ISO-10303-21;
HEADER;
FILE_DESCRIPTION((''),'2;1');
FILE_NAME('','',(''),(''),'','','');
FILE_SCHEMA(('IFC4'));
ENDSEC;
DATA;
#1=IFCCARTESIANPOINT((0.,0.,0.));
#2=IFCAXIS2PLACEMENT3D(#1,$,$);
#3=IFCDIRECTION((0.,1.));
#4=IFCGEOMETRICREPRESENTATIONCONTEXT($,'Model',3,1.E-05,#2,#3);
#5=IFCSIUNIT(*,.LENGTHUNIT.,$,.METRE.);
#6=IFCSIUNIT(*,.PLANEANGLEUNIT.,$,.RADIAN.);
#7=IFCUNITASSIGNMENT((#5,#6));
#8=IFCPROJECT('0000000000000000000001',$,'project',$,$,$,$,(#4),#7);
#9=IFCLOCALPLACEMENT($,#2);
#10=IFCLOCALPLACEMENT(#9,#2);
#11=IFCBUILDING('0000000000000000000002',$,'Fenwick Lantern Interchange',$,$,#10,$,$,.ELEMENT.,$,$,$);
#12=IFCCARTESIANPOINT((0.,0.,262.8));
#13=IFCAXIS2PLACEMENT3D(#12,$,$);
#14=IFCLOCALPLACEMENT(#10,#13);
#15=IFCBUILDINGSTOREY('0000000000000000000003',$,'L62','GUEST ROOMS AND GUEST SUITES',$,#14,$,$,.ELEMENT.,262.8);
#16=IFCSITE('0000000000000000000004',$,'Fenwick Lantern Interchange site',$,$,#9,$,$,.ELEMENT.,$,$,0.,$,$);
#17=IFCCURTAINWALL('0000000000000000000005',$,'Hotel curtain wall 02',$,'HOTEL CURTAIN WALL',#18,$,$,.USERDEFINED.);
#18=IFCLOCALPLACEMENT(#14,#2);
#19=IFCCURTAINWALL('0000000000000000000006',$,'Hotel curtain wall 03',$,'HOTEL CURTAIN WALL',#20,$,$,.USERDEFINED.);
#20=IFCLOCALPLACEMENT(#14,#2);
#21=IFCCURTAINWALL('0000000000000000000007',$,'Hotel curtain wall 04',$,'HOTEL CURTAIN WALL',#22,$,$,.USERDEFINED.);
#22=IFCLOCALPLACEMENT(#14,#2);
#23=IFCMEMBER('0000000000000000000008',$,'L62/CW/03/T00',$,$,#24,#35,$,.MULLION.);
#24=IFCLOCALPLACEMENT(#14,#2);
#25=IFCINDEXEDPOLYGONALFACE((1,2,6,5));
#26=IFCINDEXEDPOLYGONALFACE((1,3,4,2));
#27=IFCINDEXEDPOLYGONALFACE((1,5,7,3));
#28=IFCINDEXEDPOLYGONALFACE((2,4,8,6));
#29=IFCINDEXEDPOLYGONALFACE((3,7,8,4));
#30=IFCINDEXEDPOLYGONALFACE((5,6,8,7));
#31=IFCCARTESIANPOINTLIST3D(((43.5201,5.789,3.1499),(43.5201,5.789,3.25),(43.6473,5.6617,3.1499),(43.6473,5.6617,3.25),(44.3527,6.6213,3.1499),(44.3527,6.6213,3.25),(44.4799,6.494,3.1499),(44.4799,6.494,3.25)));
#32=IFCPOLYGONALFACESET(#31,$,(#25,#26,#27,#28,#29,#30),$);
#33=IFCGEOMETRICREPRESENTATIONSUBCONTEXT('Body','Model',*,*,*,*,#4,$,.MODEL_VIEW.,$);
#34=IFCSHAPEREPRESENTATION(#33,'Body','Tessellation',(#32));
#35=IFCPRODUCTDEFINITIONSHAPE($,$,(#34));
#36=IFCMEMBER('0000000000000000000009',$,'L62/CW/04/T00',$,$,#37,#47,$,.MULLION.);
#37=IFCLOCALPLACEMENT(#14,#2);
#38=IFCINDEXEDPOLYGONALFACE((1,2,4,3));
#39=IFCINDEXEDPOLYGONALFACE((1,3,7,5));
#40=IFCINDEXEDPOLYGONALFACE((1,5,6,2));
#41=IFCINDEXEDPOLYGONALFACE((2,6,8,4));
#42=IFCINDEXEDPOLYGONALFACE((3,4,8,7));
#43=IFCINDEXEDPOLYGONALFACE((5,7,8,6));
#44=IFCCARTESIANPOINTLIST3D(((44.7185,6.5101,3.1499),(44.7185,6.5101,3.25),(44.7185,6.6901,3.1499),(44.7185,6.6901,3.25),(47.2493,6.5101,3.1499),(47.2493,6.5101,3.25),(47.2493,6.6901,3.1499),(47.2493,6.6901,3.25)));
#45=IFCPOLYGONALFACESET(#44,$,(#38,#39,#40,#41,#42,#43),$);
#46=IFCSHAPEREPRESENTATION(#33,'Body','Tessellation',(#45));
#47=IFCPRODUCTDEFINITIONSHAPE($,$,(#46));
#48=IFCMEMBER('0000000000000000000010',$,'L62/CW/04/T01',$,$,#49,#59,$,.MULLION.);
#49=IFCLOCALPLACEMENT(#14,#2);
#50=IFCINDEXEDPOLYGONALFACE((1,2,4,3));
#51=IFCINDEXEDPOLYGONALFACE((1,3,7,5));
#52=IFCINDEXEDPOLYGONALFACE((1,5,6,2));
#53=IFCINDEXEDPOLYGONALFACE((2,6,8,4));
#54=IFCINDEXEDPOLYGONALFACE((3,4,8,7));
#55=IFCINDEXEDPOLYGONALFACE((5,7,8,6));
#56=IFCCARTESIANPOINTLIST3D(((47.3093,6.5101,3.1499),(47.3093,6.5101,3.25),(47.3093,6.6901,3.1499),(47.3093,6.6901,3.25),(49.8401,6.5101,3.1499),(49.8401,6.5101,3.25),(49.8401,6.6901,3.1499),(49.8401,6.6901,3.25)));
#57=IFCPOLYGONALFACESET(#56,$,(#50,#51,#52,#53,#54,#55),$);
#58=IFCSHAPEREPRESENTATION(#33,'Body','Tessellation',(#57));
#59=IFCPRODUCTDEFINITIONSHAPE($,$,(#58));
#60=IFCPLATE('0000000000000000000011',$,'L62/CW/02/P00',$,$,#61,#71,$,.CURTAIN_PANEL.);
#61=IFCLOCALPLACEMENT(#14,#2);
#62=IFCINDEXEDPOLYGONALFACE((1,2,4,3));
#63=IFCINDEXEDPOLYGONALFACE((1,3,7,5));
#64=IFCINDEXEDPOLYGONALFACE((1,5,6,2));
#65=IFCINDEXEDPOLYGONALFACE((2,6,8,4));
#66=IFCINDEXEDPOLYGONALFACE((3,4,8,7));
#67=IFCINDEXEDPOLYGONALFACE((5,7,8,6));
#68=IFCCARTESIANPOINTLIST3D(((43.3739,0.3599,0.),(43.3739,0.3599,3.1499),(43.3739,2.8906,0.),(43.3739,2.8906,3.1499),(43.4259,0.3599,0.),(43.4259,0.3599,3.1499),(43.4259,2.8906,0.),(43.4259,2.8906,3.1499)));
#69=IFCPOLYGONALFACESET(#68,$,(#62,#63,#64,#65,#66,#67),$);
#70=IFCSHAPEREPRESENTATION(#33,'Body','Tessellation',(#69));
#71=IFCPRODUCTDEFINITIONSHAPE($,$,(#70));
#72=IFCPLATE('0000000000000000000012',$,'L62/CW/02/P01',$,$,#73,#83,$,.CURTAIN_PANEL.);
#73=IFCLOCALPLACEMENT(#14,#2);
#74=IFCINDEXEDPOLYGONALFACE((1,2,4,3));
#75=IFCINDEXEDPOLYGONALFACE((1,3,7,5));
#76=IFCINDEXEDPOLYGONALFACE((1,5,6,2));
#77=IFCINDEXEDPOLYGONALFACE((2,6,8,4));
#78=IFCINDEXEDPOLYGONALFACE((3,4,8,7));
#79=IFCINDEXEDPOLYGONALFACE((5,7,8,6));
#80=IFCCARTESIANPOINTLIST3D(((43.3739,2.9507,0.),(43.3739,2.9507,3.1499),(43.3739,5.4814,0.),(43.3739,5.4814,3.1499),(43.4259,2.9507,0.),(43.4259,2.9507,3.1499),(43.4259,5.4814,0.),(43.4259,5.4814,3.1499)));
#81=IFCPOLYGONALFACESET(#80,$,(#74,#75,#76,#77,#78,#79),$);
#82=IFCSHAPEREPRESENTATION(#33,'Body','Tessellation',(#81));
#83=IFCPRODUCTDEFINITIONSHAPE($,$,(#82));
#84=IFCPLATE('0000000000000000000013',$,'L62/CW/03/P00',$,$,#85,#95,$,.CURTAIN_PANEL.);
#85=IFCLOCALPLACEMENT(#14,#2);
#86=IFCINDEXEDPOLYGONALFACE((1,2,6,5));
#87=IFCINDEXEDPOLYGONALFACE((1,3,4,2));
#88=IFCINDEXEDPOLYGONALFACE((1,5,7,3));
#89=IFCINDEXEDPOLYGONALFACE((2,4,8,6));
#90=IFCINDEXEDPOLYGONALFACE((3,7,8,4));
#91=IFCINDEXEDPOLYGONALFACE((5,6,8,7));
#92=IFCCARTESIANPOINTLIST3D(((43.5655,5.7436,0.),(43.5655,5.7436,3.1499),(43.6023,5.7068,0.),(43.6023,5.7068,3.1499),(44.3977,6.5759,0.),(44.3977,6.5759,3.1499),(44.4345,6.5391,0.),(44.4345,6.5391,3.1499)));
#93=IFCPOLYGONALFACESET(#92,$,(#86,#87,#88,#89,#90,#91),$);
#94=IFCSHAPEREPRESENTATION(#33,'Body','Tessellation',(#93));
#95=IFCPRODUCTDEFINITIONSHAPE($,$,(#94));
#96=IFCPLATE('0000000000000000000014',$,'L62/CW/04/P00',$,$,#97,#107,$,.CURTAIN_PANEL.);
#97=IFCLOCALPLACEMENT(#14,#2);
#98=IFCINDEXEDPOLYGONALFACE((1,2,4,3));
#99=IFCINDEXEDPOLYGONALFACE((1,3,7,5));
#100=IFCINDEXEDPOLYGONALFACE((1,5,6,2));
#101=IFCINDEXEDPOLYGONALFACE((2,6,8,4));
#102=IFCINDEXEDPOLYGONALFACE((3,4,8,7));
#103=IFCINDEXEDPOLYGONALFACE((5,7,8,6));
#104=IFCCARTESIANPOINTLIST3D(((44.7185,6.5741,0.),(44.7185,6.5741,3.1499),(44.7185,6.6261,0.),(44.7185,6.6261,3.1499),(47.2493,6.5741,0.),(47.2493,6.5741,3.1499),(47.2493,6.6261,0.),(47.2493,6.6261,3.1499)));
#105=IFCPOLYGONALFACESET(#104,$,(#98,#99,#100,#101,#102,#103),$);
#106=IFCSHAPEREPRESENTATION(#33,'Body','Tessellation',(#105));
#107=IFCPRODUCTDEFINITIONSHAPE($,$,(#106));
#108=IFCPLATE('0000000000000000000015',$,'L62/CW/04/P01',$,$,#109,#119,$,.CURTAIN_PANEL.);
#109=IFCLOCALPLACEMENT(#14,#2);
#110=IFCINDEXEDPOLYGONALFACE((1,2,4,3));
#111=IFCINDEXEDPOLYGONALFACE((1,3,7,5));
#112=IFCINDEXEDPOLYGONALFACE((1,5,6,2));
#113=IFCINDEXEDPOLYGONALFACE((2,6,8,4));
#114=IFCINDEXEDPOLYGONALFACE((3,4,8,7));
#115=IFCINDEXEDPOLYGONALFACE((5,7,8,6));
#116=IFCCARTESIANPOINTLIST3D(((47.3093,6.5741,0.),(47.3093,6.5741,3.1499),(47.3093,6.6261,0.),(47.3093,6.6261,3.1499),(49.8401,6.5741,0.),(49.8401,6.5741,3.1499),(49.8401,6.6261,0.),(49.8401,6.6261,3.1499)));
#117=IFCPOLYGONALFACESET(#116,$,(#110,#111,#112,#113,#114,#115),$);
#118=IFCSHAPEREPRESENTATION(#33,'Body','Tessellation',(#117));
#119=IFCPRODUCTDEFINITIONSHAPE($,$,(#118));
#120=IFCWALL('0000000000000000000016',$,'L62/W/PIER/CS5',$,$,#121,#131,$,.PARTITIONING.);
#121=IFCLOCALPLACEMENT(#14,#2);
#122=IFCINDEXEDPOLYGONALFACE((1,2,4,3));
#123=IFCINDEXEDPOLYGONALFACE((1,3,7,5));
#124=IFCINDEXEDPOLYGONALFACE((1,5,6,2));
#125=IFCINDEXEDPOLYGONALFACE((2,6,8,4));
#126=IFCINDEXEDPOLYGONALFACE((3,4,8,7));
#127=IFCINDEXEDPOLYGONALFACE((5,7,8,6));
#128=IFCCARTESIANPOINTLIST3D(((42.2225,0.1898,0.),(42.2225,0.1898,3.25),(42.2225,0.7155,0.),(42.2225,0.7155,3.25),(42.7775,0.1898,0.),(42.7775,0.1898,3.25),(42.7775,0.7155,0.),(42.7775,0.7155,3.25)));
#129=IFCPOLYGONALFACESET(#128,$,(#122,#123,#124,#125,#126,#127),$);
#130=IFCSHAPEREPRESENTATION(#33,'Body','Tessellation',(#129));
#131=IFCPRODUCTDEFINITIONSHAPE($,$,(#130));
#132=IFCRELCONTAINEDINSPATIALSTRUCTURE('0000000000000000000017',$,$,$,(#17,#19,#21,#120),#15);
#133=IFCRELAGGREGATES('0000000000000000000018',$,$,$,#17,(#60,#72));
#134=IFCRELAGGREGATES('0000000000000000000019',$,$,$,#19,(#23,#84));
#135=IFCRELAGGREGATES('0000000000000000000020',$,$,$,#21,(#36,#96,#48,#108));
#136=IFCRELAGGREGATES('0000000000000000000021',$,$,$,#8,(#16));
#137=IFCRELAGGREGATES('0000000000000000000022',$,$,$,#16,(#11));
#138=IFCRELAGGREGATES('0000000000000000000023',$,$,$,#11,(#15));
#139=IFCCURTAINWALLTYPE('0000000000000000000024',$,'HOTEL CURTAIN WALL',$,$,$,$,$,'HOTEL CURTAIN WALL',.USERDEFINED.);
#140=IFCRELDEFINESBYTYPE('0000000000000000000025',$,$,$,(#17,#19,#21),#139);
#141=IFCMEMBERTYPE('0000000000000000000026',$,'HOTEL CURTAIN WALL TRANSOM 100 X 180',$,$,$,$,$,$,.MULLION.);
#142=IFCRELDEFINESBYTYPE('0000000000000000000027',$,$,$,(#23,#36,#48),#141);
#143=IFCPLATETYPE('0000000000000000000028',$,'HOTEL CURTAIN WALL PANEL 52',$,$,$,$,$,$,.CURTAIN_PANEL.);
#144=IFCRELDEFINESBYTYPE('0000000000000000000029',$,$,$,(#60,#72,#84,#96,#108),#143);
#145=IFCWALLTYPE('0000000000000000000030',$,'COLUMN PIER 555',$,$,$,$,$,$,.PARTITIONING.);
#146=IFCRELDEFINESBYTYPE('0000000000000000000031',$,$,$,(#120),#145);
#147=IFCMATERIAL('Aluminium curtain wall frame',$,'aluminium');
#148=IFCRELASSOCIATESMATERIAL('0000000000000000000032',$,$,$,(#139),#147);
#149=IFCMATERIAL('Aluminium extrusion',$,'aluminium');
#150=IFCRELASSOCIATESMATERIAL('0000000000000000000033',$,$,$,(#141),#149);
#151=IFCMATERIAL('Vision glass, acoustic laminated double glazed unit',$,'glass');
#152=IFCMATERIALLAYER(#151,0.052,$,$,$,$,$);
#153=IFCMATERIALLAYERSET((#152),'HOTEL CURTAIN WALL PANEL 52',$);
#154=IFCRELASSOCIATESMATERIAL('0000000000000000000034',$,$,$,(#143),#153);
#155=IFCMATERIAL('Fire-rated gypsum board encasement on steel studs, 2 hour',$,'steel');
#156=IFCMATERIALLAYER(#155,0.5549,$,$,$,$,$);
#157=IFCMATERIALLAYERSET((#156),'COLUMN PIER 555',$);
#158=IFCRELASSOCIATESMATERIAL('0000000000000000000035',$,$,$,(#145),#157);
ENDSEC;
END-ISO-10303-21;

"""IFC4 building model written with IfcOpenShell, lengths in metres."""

from ifc_helpers import new_model, si_unit, direction, frame, frame_2d, origin, origin_2d, place, context, subcontext, project, spatial, rectangle, extrude, material, layer, layer_set, material_profile, profile_set, type_object, element, aggregate, save


model = new_model("IFC4")

# Units and contexts
model_context = context("Model", 3, precision=1e-05, world=origin(), true_north=direction((0.0, 1.0)))
body_context = subcontext(model_context, "Body", "Model", "MODEL_VIEW")
ifc_project = project(units=[si_unit("LENGTHUNIT", "METRE"), si_unit("PLANEANGLEUNIT", "RADIAN")], contexts=[model_context])

# Site, building, storey
site_placement = place(None, origin())
site = spatial("IfcSite", under=ifc_project, at=site_placement, Name="Fenwick Lantern Interchange site", CompositionType="ELEMENT", RefElevation=0.0)
building_placement = place(site_placement, origin())
building = spatial("IfcBuilding", under=site, at=building_placement, Name="Fenwick Lantern Interchange", CompositionType="ELEMENT")
storey_placement = place(building_placement, frame((0.0, 0.0, 262.8)))
storey = spatial("IfcBuildingStorey", under=building, at=storey_placement, Name="L62", Description="GUEST ROOMS AND GUEST SUITES", CompositionType="ELEMENT", Elevation=262.8)

# Shared definitions
ifc_material_1 = material(Name="Aluminium curtain wall frame", Category="aluminium")
curtain_wall_type = type_object("IfcCurtainWallType", Name="HOTEL CURTAIN WALL", ElementType="HOTEL CURTAIN WALL", PredefinedType="USERDEFINED", material=ifc_material_1)
ifc_material_2 = material(Name="Aluminium extrusion", Category="aluminium")

# Curtain walls
curtain_wall_1_placement = place(storey_placement, origin())
curtain_wall_1 = element("IfcCurtainWall", 1, at=curtain_wall_1_placement, inside=storey, type_object=curtain_wall_type, Name="Hotel curtain wall 02", ObjectType="HOTEL CURTAIN WALL", PredefinedType="USERDEFINED")
curtain_wall_2_placement = place(storey_placement, origin())
curtain_wall_2 = element("IfcCurtainWall", 2, at=curtain_wall_2_placement, inside=storey, type_object=curtain_wall_type, Name="Hotel curtain wall 03", ObjectType="HOTEL CURTAIN WALL", PredefinedType="USERDEFINED")
curtain_wall_3_placement = place(storey_placement, origin())
curtain_wall_3 = element("IfcCurtainWall", 3, at=curtain_wall_3_placement, inside=storey, type_object=curtain_wall_type, Name="Hotel curtain wall 04", ObjectType="HOTEL CURTAIN WALL", PredefinedType="USERDEFINED")

# Members
ifc_material_profile_1 = material_profile(ifc_material_2, rectangle(XDim=0.1799, YDim=0.1001, at=origin_2d()), Name="HOTEL CURTAIN WALL TRANSOM 100 X 180")
ifc_profile_set_1 = profile_set([ifc_material_profile_1], Name="Aluminium extrusion")
member_type_1 = type_object("IfcMemberType", Name="HOTEL CURTAIN WALL TRANSOM 100 X 180", PredefinedType="MULLION", material=ifc_profile_set_1)
member_1_placement = place(storey_placement, frame((43.5837, 5.7253, 3.2), z_axis=(0.70721, 0.707003, 0.0), x_axis=(-0.707003, 0.70721, 0.0)))
member_1 = element("IfcMember", 4, at=member_1_placement, type_object=member_type_1, Name="L62/CW/03/T00", PredefinedType="MULLION", context=body_context, shape_type="SweptSolid", body=[
    extrude(rectangle(XDim=0.1799, YDim=0.1001, at=origin_2d()), origin(), (0.0, 0.0, 1.0), 1.1772),
])
member_2_placement = place(storey_placement, frame((44.7185, 6.6001, 3.2), z_axis=(1.0, 0.0, 0.0), x_axis=(0.0, 1.0, 0.0)))
member_2 = element("IfcMember", 5, at=member_2_placement, type_object=member_type_1, Name="L62/CW/04/T00", PredefinedType="MULLION", context=body_context, shape_type="SweptSolid", body=[
    extrude(rectangle(XDim=0.1799, YDim=0.1001, at=origin_2d()), origin(), (0.0, 0.0, 1.0), 2.5308),
])
member_3_placement = place(storey_placement, frame((47.3093, 6.6001, 3.2), z_axis=(1.0, 0.0, 0.0), x_axis=(0.0, 1.0, 0.0)))
member_3 = element("IfcMember", 6, at=member_3_placement, type_object=member_type_1, Name="L62/CW/04/T01", PredefinedType="MULLION", context=body_context, shape_type="SweptSolid", body=[
    extrude(rectangle(XDim=0.1799, YDim=0.1001, at=origin_2d()), origin(), (0.0, 0.0, 1.0), 2.5308),
])

# Plates
ifc_material_3 = material(Name="Vision glass, acoustic laminated double glazed unit", Category="glass")
ifc_layer_1 = layer(ifc_material_3, 0.052)
ifc_layer_set_1 = layer_set([ifc_layer_1], Name="HOTEL CURTAIN WALL PANEL 52")
plate_type = type_object("IfcPlateType", Name="HOTEL CURTAIN WALL PANEL 52", PredefinedType="CURTAIN_PANEL", material=ifc_layer_set_1)
plate_1_placement = place(storey_placement, frame((43.3999, 1.6252, 0.0), z_axis=(0.0, 0.0, 1.0), x_axis=(0.0, 1.0, 0.0)))
plate_1 = element("IfcPlate", 7, at=plate_1_placement, type_object=plate_type, Name="L62/CW/02/P00", PredefinedType="CURTAIN_PANEL", context=body_context, shape_type="SweptSolid", body=[
    extrude(rectangle(XDim=2.5308, YDim=0.052, at=origin_2d()), origin(), (0.0, 0.0, 1.0), 3.1499),
])
plate_2_placement = place(storey_placement, frame((43.3999, 4.2161, 0.0), z_axis=(0.0, 0.0, 1.0), x_axis=(0.0, 1.0, 0.0)))
plate_2 = element("IfcPlate", 8, at=plate_2_placement, type_object=plate_type, Name="L62/CW/02/P01", PredefinedType="CURTAIN_PANEL", context=body_context, shape_type="SweptSolid", body=[
    extrude(rectangle(XDim=2.5308, YDim=0.052, at=origin_2d()), origin(), (0.0, 0.0, 1.0), 3.1499),
])
aggregate(curtain_wall_1, [plate_1, plate_2])
plate_3_placement = place(storey_placement, frame((44.0, 6.1414, 0.0), z_axis=(0.0, 0.0, 1.0), x_axis=(0.707107, 0.707107, 0.0)))
plate_3 = element("IfcPlate", 9, at=plate_3_placement, type_object=plate_type, Name="L62/CW/03/P00", PredefinedType="CURTAIN_PANEL", context=body_context, shape_type="SweptSolid", body=[
    extrude(rectangle(XDim=1.177, YDim=0.052, at=origin_2d()), origin(), (0.0, 0.0, 1.0), 3.1499),
])
aggregate(curtain_wall_2, [member_1, plate_3])
plate_4_placement = place(storey_placement, frame((45.9839, 6.6001, 0.0), z_axis=(0.0, 0.0, 1.0), x_axis=(1.0, 0.0, 0.0)))
plate_4 = element("IfcPlate", 10, at=plate_4_placement, type_object=plate_type, Name="L62/CW/04/P00", PredefinedType="CURTAIN_PANEL", context=body_context, shape_type="SweptSolid", body=[
    extrude(rectangle(XDim=2.5308, YDim=0.052, at=origin_2d()), origin(), (0.0, 0.0, 1.0), 3.1499),
])
plate_5_placement = place(storey_placement, frame((48.5747, 6.6001, 0.0), z_axis=(0.0, 0.0, 1.0), x_axis=(1.0, 0.0, 0.0)))
plate_5 = element("IfcPlate", 11, at=plate_5_placement, type_object=plate_type, Name="L62/CW/04/P01", PredefinedType="CURTAIN_PANEL", context=body_context, shape_type="SweptSolid", body=[
    extrude(rectangle(XDim=2.5308, YDim=0.052, at=origin_2d()), origin(), (0.0, 0.0, 1.0), 3.1499),
])
aggregate(curtain_wall_3, [member_2, plate_4, member_3, plate_5])

# Wall
ifc_material_4 = material(Name="Fire-rated gypsum board encasement on steel studs, 2 hour", Category="steel")
ifc_layer_2 = layer(ifc_material_4, 0.5549)
ifc_layer_set_2 = layer_set([ifc_layer_2], Name="COLUMN PIER 555")
wall_type = type_object("IfcWallType", Name="COLUMN PIER 555", PredefinedType="PARTITIONING", material=ifc_layer_set_2)
wall_placement = place(storey_placement, frame((42.5, 0.1899, 0.0), z_axis=(0.0, 0.0, 1.0), x_axis=(0.0, 1.0, 0.0)))
element("IfcWall", 12, at=wall_placement, inside=storey, type_object=wall_type, Name="L62/W/PIER/CS5", PredefinedType="PARTITIONING", context=body_context, shape_type="SweptSolid", body=[
    extrude(rectangle(XDim=0.5256, YDim=0.5549, at=frame_2d((0.2627, 0.0))), origin(), (0.0, 0.0, 1.0), 3.25),
])

save(model, "model.ifc")
